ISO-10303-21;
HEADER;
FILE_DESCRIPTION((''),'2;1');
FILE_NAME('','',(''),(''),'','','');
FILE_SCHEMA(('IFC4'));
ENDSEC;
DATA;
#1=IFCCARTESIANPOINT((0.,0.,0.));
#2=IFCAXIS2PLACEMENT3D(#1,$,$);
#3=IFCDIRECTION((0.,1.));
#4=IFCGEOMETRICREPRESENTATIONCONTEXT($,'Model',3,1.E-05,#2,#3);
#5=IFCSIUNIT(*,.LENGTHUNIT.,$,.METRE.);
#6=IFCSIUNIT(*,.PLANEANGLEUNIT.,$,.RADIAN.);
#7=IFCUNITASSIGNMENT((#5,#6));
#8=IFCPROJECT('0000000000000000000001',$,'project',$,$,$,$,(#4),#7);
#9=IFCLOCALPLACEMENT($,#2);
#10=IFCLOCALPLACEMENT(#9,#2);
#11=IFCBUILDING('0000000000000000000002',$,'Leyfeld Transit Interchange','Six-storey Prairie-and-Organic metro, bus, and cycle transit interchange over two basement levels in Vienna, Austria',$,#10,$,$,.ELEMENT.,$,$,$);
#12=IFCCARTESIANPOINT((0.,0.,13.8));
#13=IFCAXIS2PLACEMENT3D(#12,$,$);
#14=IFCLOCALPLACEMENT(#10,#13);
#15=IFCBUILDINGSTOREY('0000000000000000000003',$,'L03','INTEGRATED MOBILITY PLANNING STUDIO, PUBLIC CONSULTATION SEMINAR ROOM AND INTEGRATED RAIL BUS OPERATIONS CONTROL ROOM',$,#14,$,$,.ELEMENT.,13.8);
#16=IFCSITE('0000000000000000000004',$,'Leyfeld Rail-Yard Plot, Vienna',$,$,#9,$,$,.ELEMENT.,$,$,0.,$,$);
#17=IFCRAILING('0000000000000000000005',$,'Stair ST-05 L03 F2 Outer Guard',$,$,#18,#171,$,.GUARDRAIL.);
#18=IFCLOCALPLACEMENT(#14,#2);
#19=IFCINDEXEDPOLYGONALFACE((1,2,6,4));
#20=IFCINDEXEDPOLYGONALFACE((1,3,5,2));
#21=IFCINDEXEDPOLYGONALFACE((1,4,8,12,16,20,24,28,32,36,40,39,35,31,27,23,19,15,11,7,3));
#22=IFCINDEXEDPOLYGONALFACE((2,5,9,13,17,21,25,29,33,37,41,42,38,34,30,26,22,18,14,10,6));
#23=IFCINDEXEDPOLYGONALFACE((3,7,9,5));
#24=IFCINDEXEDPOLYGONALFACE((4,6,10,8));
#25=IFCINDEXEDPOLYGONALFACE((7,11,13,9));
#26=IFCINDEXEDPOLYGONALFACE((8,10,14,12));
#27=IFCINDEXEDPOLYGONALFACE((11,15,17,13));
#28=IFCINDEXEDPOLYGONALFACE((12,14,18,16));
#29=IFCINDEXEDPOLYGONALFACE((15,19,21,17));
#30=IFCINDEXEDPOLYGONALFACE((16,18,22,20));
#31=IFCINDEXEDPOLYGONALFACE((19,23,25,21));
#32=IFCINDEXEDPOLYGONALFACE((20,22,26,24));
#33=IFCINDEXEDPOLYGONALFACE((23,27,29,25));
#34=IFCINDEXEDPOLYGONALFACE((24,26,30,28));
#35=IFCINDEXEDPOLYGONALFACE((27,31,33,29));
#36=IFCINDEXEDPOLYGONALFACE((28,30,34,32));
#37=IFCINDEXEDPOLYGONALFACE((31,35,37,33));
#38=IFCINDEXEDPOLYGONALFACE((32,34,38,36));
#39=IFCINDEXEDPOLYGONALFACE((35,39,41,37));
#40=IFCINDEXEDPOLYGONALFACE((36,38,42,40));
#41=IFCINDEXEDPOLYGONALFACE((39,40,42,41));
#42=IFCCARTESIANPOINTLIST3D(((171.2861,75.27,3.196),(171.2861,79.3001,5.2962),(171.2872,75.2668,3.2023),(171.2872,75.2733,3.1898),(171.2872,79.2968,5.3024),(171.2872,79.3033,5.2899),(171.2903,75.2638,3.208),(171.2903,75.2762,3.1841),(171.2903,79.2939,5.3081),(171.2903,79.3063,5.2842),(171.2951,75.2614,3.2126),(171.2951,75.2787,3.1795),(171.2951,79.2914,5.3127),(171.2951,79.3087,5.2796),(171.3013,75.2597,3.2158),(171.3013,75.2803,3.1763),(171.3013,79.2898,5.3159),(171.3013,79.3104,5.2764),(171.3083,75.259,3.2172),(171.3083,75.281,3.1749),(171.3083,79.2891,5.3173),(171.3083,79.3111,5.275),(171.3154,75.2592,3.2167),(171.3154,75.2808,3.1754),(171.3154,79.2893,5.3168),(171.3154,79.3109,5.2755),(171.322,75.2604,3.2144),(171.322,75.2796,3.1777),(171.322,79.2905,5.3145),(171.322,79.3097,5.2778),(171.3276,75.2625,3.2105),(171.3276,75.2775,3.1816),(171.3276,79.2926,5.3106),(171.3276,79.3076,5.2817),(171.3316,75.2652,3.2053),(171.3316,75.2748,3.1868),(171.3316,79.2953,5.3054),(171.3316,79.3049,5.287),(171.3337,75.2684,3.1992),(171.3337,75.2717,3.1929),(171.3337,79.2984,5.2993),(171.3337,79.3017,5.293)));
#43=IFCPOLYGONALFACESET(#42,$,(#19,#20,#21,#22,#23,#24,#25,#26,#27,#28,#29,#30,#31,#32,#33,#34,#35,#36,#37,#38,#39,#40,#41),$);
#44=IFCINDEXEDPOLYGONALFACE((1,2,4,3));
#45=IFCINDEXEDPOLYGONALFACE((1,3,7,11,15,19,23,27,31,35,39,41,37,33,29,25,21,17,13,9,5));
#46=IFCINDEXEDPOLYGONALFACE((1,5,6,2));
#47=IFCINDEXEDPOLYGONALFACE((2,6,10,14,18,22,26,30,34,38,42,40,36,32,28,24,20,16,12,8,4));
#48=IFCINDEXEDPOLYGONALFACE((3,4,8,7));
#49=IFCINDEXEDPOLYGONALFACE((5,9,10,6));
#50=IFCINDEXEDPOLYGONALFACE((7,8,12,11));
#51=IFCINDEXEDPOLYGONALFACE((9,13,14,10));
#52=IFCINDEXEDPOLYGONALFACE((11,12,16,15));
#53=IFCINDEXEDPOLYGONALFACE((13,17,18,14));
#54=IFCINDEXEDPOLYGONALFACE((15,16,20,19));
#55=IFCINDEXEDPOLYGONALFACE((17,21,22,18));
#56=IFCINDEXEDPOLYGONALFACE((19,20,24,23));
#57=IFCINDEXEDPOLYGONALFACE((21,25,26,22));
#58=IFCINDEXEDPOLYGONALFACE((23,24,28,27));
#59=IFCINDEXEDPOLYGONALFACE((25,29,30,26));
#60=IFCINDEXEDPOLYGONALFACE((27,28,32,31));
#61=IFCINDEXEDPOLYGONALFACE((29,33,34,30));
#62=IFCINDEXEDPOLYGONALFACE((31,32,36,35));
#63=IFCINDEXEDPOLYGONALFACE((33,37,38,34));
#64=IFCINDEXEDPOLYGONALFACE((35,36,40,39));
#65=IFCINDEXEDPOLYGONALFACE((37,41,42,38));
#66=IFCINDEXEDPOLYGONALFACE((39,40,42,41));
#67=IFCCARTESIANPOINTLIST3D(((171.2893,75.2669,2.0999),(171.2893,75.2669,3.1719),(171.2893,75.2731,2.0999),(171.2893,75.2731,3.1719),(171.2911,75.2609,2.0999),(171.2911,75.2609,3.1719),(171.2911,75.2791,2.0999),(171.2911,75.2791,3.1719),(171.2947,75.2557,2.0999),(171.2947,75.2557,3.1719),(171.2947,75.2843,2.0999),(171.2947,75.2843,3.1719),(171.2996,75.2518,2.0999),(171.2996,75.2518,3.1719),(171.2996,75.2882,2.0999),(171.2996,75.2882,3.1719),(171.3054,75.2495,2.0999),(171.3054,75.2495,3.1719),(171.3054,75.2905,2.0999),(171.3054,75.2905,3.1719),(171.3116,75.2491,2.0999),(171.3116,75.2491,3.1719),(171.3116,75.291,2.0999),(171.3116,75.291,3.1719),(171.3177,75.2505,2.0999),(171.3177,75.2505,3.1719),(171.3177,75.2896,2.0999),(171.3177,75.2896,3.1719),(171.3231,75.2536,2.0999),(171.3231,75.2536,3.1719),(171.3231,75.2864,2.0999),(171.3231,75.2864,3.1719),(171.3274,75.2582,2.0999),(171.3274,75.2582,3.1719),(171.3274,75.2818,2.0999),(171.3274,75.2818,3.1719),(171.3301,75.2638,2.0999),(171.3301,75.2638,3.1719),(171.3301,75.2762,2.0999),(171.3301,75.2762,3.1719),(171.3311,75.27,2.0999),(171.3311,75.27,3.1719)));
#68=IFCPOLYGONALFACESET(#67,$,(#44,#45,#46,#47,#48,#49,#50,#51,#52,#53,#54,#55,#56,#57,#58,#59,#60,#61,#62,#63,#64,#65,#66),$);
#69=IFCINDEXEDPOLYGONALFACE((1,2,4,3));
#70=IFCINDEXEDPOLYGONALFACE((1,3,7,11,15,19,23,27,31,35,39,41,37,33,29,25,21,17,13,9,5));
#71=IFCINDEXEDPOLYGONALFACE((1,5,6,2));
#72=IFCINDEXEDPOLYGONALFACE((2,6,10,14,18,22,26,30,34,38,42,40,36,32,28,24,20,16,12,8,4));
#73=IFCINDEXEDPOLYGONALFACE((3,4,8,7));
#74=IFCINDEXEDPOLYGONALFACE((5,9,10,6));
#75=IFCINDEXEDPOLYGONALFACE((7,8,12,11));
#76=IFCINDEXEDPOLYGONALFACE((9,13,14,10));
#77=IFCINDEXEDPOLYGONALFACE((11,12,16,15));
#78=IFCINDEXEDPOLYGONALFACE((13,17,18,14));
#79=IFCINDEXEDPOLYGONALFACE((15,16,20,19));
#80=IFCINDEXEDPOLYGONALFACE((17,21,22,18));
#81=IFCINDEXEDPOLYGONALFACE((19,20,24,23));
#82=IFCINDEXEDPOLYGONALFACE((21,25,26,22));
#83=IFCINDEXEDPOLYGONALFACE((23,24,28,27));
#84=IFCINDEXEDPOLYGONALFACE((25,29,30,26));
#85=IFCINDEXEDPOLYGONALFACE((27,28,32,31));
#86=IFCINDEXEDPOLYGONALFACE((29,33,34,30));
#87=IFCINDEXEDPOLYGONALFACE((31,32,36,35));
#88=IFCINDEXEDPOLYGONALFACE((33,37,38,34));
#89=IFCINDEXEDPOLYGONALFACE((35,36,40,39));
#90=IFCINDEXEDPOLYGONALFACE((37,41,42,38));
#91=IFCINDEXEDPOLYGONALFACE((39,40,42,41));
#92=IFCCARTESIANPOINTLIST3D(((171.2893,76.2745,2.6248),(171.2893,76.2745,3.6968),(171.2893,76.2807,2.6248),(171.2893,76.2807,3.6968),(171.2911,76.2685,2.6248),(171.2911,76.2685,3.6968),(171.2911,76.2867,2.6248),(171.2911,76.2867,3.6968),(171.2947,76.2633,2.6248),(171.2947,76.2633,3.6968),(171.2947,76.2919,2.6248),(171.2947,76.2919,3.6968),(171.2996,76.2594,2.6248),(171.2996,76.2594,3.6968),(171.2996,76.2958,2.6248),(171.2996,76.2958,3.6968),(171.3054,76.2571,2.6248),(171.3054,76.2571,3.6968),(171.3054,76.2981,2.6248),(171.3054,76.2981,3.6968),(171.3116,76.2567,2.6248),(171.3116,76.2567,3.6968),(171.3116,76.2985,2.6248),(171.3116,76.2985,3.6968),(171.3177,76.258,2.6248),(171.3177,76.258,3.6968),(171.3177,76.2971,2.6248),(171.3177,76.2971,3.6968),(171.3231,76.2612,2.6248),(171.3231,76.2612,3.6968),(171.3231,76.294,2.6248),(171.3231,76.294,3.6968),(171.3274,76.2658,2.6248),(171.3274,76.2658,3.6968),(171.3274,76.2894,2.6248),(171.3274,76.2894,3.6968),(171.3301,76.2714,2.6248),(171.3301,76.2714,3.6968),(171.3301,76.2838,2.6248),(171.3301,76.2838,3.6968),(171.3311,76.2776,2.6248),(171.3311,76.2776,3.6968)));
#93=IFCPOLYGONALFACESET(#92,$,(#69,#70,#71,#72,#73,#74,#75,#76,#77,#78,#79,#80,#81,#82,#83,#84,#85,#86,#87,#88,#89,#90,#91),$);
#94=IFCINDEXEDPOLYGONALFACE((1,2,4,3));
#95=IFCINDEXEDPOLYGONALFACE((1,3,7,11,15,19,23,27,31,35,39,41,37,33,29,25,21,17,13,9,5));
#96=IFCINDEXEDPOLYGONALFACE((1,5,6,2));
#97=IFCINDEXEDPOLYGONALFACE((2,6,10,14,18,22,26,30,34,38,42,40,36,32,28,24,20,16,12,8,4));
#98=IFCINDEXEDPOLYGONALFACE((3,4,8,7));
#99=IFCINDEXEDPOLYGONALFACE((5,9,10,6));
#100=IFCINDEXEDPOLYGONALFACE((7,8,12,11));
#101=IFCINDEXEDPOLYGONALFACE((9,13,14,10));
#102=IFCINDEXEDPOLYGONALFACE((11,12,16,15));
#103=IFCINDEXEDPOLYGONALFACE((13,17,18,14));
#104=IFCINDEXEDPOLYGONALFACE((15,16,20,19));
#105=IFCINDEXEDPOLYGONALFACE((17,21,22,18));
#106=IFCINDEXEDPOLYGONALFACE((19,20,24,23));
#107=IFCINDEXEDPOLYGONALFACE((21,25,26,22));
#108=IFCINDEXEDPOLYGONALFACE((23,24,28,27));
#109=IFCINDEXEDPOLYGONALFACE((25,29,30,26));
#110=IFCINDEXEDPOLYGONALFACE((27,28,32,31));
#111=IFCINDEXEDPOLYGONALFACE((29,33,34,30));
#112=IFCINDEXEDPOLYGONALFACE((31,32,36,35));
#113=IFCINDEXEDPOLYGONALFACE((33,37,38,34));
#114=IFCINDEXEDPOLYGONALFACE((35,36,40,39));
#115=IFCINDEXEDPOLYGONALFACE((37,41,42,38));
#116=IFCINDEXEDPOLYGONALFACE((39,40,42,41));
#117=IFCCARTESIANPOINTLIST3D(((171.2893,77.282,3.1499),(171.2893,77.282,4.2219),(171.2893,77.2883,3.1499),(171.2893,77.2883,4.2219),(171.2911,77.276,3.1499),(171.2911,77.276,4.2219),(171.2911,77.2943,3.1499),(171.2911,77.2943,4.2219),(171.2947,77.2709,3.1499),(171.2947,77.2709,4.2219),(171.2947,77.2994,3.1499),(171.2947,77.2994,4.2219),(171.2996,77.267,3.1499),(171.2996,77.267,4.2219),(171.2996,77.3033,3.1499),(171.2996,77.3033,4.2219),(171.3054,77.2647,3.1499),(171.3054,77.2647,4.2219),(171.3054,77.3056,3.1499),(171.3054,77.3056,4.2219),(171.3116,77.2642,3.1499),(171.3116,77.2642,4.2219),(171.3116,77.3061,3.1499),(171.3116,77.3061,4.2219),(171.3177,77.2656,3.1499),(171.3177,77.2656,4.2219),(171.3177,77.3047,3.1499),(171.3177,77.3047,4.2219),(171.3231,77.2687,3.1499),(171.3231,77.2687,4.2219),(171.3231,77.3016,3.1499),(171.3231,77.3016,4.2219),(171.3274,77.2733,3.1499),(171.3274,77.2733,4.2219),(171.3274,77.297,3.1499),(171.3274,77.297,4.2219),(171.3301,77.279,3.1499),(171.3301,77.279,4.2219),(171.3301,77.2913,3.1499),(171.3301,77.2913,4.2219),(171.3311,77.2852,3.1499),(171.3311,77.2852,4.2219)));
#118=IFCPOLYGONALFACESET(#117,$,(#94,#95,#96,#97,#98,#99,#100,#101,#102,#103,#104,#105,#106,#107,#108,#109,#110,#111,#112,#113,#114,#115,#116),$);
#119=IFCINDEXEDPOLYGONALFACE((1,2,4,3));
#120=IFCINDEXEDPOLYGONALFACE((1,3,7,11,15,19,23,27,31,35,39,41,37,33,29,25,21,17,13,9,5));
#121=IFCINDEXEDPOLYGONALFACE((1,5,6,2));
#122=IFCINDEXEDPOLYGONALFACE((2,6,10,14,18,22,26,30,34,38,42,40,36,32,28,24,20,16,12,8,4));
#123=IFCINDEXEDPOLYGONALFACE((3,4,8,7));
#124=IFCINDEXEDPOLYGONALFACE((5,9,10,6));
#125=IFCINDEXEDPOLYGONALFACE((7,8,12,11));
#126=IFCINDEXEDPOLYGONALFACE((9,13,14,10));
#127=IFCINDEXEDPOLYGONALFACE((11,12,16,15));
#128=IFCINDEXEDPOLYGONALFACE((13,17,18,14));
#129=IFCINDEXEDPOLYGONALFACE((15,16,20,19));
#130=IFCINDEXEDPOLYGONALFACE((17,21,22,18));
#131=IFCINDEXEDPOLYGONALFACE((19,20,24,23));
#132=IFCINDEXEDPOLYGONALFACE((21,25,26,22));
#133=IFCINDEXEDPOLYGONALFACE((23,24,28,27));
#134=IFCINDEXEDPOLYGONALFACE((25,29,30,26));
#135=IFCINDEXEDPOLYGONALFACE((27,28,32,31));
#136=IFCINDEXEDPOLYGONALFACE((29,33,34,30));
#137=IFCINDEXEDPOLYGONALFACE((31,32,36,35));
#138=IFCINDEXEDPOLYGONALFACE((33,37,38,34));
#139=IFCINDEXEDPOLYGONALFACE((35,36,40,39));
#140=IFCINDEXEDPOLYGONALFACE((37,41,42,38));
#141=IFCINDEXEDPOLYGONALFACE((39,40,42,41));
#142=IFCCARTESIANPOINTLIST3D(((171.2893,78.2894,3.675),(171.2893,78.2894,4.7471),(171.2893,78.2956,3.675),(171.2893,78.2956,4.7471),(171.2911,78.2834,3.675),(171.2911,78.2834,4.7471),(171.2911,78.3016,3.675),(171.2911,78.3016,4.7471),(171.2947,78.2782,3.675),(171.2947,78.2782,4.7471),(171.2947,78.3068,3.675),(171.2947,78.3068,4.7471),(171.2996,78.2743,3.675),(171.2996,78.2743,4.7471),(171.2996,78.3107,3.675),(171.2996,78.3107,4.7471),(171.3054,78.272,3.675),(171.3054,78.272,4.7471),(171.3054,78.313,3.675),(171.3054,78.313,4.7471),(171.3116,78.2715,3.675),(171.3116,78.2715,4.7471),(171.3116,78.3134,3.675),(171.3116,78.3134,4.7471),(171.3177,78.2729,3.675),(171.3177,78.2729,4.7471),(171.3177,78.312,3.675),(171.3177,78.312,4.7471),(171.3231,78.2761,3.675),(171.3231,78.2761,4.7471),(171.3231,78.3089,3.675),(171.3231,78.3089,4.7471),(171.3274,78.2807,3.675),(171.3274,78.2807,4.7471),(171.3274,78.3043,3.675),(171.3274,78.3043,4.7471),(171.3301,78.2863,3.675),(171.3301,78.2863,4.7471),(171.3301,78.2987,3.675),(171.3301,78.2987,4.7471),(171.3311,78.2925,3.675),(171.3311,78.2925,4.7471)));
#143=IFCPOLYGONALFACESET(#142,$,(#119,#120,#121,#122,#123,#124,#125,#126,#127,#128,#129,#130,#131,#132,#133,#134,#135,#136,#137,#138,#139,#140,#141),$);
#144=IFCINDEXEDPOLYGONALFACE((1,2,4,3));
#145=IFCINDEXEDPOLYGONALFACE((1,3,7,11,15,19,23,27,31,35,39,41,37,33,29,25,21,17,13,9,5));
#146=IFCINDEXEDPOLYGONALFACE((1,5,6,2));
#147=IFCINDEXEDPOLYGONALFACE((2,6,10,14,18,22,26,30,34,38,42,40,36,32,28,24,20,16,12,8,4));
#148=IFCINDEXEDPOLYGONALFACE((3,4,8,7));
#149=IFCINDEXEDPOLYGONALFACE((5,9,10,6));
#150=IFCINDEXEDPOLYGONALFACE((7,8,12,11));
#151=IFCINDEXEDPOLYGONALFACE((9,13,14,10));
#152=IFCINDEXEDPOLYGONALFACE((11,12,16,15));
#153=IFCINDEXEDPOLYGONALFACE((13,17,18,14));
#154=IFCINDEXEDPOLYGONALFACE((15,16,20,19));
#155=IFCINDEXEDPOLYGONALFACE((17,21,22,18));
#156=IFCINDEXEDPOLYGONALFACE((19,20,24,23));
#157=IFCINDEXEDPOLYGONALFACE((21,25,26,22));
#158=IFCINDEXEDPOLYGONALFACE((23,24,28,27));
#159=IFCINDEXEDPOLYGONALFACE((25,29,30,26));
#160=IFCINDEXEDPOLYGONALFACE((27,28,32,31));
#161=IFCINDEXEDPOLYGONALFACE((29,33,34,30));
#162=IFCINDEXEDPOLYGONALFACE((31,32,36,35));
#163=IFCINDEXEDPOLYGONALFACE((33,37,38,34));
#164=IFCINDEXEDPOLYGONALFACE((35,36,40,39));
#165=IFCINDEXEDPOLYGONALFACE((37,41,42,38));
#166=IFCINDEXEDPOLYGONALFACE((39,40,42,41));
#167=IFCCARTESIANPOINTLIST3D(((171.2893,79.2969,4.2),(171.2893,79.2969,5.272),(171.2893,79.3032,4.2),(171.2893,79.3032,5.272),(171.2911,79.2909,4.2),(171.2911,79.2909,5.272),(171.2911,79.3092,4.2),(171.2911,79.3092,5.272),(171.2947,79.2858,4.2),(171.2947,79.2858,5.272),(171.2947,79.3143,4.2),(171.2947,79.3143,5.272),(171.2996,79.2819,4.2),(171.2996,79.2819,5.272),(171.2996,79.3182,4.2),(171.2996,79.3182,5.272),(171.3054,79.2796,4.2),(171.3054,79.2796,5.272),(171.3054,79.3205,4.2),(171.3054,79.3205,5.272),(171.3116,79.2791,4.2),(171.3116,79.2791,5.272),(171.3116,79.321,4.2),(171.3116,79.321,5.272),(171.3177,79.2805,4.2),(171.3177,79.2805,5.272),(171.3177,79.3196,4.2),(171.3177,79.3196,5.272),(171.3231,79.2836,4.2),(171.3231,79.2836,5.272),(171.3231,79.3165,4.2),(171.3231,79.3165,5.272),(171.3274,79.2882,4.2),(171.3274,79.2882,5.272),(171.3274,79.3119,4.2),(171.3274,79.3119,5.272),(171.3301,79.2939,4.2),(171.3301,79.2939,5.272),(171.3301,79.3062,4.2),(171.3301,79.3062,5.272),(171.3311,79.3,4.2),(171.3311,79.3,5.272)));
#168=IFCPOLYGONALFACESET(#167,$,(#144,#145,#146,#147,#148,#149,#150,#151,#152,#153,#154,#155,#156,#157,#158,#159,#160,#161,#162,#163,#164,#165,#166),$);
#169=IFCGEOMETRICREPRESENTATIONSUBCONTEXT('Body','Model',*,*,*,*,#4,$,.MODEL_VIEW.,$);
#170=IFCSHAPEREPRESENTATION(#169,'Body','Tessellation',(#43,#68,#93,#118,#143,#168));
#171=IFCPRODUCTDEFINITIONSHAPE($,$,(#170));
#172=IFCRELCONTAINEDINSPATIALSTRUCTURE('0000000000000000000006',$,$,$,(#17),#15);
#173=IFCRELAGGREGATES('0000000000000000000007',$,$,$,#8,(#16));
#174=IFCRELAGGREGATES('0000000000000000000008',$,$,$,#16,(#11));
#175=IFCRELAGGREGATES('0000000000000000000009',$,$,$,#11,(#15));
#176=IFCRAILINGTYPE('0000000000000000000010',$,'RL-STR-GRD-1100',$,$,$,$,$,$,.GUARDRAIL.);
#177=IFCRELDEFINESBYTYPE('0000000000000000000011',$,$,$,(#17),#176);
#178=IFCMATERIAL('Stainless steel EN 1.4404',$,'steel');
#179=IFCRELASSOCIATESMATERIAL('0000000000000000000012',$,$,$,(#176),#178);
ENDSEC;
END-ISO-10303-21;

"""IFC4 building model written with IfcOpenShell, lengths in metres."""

from ifc_helpers import new_model, si_unit, direction, frame, origin, origin_2d, place, context, subcontext, project, spatial, circle, extrude, material, type_object, element, save


model = new_model("IFC4")

# Units and contexts
model_context = context("Model", 3, precision=1e-05, world=origin(), true_north=direction((0.0, 1.0)))
body_context = subcontext(model_context, "Body", "Model", "MODEL_VIEW")
ifc_project = project(units=[si_unit("LENGTHUNIT", "METRE"), si_unit("PLANEANGLEUNIT", "RADIAN")], contexts=[model_context])

# Site, building, storey
site_placement = place(None, origin())
site = spatial("IfcSite", under=ifc_project, at=site_placement, Name="Leyfeld Rail-Yard Plot, Vienna", CompositionType="ELEMENT", RefElevation=0.0)
building_placement = place(site_placement, origin())
building = spatial("IfcBuilding", under=site, at=building_placement, Name="Leyfeld Transit Interchange", Description="Six-storey Prairie-and-Organic metro, bus, and cycle transit interchange over two basement levels in Vienna, Austria", CompositionType="ELEMENT")
storey_placement = place(building_placement, frame((0.0, 0.0, 13.8)))
storey = spatial("IfcBuildingStorey", under=building, at=storey_placement, Name="L03", Description="INTEGRATED MOBILITY PLANNING STUDIO, PUBLIC CONSULTATION SEMINAR ROOM AND INTEGRATED RAIL BUS OPERATIONS CONTROL ROOM", CompositionType="ELEMENT", Elevation=13.8)

# Railing
ifc_material_1 = material(Name="Stainless steel EN 1.4404", Category="steel")
railing_type_1 = type_object("IfcRailingType", Name="RL-STR-GRD-1100", PredefinedType="GUARDRAIL", material=ifc_material_1)
for number, where, name in (
    (1, (171.3101, 75.27, 2.0999), "Stair ST-05 L03 F2 Outer Guard"),
):
    element("IfcRailing", number, at=place(storey_placement, frame(where)), inside=storey, type_object=railing_type_1, Name=name, PredefinedType="GUARDRAIL", context=body_context, shape_type="SweptSolid", body=[
        extrude(circle(Radius=0.0239, at=origin_2d()), frame((0.0, 0.0, 1.0962), z_axis=(0.0, 0.886813, 0.462129), x_axis=(-1.0, 0.0, 0.0)), (0.0, 0.0, 1.0), 4.5444),
        extrude(circle(Radius=0.021, at=origin_2d()), origin(), (0.0, 0.0, 1.0), 1.072),
        extrude(circle(Radius=0.021, at=origin_2d()), frame((0.0, 1.0076, 0.5249)), (0.0, 0.0, 1.0), 1.072),
        extrude(circle(Radius=0.021, at=origin_2d()), frame((0.0, 2.0151, 1.05)), (0.0, 0.0, 1.0), 1.072),
        extrude(circle(Radius=0.021, at=origin_2d()), frame((0.0, 3.0225, 1.5752)), (0.0, 0.0, 1.0), 1.072),
        extrude(circle(Radius=0.021, at=origin_2d()), frame((0.0, 4.03, 2.1001)), (0.0, 0.0, 1.0), 1.072),
    ])

save(model, "model.ifc")
